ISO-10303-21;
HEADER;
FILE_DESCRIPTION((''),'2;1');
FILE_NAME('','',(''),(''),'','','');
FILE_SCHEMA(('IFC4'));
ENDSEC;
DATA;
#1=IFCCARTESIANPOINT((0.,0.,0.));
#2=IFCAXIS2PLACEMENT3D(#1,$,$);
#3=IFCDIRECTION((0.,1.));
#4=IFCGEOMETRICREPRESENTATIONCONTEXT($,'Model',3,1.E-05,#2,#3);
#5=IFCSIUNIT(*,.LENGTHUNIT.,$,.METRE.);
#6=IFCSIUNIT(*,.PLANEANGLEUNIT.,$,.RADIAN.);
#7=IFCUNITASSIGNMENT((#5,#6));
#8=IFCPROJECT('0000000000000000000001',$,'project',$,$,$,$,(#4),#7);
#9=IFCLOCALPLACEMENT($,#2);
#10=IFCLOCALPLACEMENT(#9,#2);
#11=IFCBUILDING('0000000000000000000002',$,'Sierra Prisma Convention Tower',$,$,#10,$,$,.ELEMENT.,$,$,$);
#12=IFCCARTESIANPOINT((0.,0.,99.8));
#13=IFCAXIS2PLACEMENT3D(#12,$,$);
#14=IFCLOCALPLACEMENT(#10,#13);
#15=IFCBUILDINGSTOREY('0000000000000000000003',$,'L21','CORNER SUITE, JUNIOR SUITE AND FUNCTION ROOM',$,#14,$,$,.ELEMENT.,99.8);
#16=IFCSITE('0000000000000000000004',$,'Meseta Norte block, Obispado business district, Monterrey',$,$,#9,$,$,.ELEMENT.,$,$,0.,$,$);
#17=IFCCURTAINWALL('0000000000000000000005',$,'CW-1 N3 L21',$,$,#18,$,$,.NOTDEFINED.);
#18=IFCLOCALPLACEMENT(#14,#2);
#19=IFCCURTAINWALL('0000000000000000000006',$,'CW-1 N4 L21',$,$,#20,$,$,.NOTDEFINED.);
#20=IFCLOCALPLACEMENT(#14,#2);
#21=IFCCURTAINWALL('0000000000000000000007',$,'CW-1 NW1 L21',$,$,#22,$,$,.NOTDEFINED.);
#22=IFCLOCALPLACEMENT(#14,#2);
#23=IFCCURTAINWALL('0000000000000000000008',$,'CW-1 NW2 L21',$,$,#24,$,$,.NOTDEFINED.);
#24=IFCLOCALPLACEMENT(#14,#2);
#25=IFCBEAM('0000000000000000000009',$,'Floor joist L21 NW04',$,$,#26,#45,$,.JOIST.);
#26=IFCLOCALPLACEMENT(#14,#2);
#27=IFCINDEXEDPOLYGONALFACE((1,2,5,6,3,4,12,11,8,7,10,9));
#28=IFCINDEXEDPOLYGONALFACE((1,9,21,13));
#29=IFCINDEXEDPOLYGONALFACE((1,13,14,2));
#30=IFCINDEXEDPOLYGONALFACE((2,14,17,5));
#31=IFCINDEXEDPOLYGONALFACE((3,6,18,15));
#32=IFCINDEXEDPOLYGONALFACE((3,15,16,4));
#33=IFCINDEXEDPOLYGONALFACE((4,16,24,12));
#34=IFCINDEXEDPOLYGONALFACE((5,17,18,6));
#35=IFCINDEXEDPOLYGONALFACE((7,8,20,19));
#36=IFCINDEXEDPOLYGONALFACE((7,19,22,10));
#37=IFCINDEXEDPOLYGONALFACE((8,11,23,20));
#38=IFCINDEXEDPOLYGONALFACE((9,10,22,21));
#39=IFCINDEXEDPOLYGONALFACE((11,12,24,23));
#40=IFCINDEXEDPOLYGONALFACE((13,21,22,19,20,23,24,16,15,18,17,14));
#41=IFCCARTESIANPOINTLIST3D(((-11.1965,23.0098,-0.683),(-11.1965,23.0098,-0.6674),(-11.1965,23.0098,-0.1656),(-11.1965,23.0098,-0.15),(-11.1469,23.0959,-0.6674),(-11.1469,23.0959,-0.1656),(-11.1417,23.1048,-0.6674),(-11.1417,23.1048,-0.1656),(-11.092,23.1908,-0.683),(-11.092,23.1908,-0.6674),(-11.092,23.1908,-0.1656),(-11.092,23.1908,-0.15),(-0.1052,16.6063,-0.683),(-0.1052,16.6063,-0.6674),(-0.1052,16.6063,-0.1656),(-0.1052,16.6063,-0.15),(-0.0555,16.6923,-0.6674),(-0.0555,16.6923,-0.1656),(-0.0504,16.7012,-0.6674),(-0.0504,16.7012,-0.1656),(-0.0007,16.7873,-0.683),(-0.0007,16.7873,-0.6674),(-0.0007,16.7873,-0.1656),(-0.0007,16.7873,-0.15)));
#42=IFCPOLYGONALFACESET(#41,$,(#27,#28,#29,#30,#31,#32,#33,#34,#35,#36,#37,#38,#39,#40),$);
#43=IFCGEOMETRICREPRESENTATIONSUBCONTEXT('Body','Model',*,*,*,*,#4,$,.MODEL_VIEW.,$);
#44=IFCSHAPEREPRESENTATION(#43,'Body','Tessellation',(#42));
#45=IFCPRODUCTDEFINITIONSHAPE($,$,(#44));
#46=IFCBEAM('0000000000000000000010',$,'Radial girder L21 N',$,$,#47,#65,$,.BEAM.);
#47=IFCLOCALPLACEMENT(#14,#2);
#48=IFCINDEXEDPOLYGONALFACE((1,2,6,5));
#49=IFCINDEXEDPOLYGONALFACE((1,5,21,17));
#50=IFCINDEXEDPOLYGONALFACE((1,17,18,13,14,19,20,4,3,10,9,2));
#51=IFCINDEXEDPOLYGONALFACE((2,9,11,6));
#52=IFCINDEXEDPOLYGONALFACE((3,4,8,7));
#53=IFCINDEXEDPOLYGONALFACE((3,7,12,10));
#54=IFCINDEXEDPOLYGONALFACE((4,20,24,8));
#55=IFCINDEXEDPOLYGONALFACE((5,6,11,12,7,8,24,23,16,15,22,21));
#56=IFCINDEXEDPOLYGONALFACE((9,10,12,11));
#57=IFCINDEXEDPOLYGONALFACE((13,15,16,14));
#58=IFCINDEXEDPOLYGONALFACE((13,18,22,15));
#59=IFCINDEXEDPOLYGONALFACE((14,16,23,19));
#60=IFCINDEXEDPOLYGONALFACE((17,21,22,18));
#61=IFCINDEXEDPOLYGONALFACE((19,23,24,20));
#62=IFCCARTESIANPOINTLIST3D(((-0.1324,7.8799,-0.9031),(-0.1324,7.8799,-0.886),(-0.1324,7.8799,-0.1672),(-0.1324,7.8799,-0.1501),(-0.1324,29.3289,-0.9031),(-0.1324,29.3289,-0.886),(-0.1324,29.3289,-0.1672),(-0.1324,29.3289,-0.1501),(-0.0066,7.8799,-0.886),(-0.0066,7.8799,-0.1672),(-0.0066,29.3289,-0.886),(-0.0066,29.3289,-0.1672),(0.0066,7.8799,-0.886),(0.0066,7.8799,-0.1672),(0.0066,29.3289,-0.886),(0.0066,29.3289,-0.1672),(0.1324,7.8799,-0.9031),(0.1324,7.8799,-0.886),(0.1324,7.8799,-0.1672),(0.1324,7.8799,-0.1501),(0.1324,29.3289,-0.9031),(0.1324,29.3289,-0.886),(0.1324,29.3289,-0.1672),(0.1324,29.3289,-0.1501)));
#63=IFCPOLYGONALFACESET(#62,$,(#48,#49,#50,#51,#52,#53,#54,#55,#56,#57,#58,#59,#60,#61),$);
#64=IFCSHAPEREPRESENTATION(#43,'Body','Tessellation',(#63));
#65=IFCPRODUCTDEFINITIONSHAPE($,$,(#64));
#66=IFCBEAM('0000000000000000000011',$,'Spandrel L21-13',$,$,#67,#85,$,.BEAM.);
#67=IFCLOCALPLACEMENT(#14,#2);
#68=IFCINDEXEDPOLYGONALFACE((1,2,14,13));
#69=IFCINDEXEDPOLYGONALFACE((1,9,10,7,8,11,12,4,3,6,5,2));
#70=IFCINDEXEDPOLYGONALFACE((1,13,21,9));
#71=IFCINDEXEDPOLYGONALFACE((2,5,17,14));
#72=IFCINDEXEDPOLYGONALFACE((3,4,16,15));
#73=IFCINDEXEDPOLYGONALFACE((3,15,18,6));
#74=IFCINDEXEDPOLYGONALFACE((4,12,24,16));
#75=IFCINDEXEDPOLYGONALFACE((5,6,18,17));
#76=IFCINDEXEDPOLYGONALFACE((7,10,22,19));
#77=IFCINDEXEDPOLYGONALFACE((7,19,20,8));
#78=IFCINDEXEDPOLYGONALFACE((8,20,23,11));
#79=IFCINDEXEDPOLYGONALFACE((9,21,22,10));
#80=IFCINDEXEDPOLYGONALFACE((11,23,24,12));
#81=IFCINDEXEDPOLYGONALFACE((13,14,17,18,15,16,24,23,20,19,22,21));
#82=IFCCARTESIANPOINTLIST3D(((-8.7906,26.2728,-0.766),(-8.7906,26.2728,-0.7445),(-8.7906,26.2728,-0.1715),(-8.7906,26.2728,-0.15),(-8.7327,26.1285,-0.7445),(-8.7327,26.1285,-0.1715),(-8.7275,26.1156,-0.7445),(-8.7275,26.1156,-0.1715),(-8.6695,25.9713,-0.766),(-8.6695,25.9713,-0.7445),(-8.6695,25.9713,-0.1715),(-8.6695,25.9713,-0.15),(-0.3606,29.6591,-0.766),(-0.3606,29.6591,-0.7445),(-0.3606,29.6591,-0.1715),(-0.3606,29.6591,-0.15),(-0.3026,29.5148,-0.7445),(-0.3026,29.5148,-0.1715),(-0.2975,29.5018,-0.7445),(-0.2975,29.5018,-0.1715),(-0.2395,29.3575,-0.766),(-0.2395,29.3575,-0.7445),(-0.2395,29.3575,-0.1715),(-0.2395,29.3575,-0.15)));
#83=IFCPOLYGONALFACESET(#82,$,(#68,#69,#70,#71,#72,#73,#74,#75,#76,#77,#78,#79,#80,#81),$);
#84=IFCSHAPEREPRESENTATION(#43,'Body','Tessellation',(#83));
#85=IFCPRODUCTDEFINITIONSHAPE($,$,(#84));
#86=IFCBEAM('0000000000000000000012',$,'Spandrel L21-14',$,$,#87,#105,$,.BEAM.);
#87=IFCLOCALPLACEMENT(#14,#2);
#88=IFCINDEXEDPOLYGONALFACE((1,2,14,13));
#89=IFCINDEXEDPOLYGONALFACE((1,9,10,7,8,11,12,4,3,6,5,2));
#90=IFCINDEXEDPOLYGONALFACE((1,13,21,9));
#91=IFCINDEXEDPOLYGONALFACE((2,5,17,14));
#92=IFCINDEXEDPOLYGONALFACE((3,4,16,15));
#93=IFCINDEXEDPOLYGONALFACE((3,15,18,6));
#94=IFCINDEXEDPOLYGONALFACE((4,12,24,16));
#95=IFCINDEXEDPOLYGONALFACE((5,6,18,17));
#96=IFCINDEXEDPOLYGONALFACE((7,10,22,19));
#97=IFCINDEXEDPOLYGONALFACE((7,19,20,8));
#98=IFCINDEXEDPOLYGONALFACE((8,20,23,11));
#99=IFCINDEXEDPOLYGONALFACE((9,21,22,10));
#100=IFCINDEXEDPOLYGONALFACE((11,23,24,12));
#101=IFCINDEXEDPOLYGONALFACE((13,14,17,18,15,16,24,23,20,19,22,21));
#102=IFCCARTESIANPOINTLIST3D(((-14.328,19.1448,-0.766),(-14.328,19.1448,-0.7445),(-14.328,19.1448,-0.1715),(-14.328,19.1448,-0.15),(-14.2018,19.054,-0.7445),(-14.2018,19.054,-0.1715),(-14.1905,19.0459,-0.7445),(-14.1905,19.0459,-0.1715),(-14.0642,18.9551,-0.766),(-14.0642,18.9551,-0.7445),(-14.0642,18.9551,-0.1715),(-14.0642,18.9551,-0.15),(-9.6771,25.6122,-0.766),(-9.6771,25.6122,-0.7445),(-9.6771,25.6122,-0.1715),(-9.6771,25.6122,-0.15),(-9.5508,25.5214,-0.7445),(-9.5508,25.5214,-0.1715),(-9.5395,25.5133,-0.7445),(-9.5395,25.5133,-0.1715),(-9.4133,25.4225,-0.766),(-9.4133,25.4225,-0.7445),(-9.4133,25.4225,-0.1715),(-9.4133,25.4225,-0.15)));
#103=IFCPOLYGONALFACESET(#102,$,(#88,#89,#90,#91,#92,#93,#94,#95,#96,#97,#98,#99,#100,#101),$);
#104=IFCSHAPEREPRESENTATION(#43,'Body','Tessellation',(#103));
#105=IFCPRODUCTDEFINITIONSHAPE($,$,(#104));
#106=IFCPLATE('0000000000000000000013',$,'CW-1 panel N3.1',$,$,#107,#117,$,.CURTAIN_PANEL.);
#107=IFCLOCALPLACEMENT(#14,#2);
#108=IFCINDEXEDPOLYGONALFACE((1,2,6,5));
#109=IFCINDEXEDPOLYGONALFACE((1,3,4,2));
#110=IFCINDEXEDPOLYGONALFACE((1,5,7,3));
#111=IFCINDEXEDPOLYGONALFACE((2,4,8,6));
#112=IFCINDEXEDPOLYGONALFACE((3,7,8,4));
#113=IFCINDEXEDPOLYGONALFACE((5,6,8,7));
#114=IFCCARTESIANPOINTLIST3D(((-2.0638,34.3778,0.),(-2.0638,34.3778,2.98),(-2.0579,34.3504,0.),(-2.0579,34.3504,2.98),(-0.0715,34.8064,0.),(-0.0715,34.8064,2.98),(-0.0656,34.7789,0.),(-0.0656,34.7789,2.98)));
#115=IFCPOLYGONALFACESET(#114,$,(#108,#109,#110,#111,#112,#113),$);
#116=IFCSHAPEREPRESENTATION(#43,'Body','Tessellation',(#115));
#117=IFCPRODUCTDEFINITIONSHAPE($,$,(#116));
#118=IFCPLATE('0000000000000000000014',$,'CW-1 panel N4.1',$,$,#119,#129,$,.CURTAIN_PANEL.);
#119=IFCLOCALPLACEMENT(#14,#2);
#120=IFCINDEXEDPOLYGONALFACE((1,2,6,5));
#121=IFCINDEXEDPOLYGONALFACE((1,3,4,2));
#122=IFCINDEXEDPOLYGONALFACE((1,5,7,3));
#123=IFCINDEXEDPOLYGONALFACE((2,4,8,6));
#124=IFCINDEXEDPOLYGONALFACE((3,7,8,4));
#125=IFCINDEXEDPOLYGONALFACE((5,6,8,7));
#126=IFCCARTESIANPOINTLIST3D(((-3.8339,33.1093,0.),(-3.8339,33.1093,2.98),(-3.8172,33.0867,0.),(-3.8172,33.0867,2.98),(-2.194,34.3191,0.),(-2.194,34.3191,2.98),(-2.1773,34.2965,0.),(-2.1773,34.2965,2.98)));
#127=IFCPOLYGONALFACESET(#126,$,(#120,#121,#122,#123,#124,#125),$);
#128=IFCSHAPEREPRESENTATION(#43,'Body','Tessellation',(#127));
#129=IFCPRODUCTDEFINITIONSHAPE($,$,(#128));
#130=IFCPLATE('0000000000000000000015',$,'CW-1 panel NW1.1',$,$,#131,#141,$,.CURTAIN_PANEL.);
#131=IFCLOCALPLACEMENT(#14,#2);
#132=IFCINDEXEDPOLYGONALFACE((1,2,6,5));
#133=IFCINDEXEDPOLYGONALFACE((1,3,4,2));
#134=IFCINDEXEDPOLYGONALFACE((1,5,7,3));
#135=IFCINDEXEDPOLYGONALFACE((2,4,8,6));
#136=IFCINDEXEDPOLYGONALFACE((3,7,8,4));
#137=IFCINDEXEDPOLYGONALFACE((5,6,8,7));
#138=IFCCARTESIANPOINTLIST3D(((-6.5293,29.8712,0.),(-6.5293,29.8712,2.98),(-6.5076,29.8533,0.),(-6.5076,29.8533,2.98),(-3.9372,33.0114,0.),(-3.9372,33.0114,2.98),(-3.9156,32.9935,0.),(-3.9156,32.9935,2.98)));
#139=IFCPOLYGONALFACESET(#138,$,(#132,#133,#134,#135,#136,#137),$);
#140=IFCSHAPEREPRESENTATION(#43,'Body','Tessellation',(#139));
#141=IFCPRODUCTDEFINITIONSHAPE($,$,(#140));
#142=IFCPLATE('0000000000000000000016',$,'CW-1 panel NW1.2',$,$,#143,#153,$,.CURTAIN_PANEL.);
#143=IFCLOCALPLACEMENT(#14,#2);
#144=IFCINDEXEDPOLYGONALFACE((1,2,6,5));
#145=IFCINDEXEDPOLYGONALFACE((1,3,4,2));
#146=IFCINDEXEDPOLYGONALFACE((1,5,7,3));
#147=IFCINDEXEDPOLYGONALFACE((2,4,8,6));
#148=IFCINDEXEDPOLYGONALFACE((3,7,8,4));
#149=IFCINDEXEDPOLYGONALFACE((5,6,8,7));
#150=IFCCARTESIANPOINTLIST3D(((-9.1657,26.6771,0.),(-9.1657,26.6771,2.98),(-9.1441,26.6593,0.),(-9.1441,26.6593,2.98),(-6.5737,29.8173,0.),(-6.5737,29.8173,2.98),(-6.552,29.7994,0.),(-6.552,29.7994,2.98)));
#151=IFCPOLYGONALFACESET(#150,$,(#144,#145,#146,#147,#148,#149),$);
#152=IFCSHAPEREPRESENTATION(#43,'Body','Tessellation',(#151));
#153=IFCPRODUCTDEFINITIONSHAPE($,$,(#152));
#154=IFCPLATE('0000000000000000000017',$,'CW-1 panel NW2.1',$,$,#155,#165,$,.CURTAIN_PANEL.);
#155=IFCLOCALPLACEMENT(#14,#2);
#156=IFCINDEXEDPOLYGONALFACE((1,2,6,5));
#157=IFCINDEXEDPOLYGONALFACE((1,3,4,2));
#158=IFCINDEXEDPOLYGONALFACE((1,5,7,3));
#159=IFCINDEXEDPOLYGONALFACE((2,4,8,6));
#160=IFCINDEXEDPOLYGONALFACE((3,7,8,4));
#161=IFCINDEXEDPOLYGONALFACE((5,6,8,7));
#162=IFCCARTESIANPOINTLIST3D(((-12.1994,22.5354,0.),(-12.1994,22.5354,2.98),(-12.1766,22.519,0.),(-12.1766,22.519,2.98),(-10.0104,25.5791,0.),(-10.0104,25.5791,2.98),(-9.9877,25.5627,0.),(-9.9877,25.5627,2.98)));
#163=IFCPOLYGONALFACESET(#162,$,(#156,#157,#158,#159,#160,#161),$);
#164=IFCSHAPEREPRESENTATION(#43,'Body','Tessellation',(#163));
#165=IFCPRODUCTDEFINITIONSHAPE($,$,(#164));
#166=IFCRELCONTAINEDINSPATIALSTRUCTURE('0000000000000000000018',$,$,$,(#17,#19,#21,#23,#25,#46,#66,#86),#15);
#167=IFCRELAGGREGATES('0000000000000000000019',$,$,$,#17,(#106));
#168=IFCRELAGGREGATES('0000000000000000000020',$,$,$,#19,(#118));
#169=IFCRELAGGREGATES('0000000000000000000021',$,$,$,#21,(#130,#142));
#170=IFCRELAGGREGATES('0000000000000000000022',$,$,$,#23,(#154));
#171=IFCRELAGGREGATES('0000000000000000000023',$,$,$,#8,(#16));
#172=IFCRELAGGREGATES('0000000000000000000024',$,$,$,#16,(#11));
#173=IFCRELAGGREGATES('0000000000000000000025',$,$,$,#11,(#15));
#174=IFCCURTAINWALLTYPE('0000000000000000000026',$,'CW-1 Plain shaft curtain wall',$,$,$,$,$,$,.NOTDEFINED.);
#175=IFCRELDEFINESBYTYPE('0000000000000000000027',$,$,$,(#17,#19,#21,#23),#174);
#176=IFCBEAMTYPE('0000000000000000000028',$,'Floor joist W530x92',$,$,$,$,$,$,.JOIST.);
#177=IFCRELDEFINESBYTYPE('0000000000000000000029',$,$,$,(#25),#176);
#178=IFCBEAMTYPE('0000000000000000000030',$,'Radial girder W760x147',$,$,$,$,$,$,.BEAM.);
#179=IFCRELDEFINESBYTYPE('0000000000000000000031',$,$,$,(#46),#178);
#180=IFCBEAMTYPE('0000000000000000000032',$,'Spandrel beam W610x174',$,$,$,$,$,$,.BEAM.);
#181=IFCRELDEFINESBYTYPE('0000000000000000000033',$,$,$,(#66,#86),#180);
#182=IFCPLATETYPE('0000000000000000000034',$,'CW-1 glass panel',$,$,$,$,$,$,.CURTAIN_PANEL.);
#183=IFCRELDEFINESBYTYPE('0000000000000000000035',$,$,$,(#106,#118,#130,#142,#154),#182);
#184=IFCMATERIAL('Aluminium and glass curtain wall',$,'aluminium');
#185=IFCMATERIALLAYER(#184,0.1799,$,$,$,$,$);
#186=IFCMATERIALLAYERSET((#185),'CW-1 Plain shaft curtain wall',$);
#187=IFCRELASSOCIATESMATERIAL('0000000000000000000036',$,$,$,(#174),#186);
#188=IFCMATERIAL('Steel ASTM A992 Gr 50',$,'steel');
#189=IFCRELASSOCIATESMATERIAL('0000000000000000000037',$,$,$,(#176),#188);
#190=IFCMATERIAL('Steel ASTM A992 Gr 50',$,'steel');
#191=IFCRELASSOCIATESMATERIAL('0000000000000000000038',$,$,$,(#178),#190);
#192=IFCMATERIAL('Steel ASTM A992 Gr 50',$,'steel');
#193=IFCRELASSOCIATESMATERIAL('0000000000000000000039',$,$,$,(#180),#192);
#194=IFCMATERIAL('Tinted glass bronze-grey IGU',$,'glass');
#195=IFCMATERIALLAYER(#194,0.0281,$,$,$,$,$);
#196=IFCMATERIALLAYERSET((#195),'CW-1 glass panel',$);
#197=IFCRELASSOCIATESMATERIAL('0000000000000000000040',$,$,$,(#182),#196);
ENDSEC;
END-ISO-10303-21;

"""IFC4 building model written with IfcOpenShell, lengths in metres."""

from ifc_helpers import new_model, si_unit, direction, frame, origin, origin_2d, place, context, subcontext, project, spatial, rectangle, i_section, extrude, material, layer, layer_set, material_profile, profile_set, type_object, element, aggregate, save


model = new_model("IFC4")

# Units and contexts
model_context = context("Model", 3, precision=1e-05, world=origin(), true_north=direction((0.0, 1.0)))
body_context = subcontext(model_context, "Body", "Model", "MODEL_VIEW")
ifc_project = project(units=[si_unit("LENGTHUNIT", "METRE"), si_unit("PLANEANGLEUNIT", "RADIAN")], contexts=[model_context])

# Site, building, storey
site_placement = place(None, origin())
site = spatial("IfcSite", under=ifc_project, at=site_placement, Name="Meseta Norte block, Obispado business district, Monterrey", CompositionType="ELEMENT", RefElevation=0.0)
building_placement = place(site_placement, origin())
building = spatial("IfcBuilding", under=site, at=building_placement, Name="Sierra Prisma Convention Tower", CompositionType="ELEMENT")
storey_placement = place(building_placement, frame((0.0, 0.0, 99.8)))
storey = spatial("IfcBuildingStorey", under=building, at=storey_placement, Name="L21", Description="CORNER SUITE, JUNIOR SUITE AND FUNCTION ROOM", CompositionType="ELEMENT", Elevation=99.8)

# Curtain walls
ifc_material_1 = material(Name="Aluminium and glass curtain wall", Category="aluminium")
ifc_layer_1 = layer(ifc_material_1, 0.1799)
ifc_layer_set_1 = layer_set([ifc_layer_1], Name="CW-1 Plain shaft curtain wall")
curtain_wall_type = type_object("IfcCurtainWallType", Name="CW-1 Plain shaft curtain wall", PredefinedType="NOTDEFINED", material=ifc_layer_set_1)
curtain_wall_1_placement = place(storey_placement, origin())
curtain_wall_1 = element("IfcCurtainWall", 1, at=curtain_wall_1_placement, inside=storey, type_object=curtain_wall_type, Name="CW-1 N3 L21", PredefinedType="NOTDEFINED")
curtain_wall_2_placement = place(storey_placement, origin())
curtain_wall_2 = element("IfcCurtainWall", 2, at=curtain_wall_2_placement, inside=storey, type_object=curtain_wall_type, Name="CW-1 N4 L21", PredefinedType="NOTDEFINED")

# Curtain wall
curtain_wall_3_placement = place(storey_placement, origin())
curtain_wall_3 = element("IfcCurtainWall", 3, at=curtain_wall_3_placement, inside=storey, type_object=curtain_wall_type, Name="CW-1 NW1 L21", PredefinedType="NOTDEFINED")

# Curtain wall
curtain_wall_4_placement = place(storey_placement, origin())
curtain_wall_4 = element("IfcCurtainWall", 4, at=curtain_wall_4_placement, inside=storey, type_object=curtain_wall_type, Name="CW-1 NW2 L21", PredefinedType="NOTDEFINED")

# Beams
ifc_material_2 = material(Name="Steel ASTM A992 Gr 50", Category="steel")
ifc_material_profile_1 = material_profile(ifc_material_2, i_section(OverallWidth=0.209, OverallDepth=0.533, WebThickness=0.0103, FlangeThickness=0.0156, at=origin_2d()), Name="W530x92")
ifc_profile_set_1 = profile_set([ifc_material_profile_1], Name="Steel ASTM A992 Gr 50")
beam_type_1 = type_object("IfcBeamType", Name="Floor joist W530x92", PredefinedType="JOIST", material=ifc_profile_set_1)
beam_1_placement = place(storey_placement, frame((-11.1443, 23.1003, -0.4165), z_axis=(0.866026, -0.5, 0.0), x_axis=(0.5, 0.866026, 0.0)))
element("IfcBeam", 5, at=beam_1_placement, inside=storey, type_object=beam_type_1, Name="Floor joist L21 NW04", PredefinedType="JOIST", context=body_context, shape_type="SweptSolid", body=[
    extrude(i_section(OverallWidth=0.209, OverallDepth=0.533, WebThickness=0.0103, FlangeThickness=0.0156, at=origin_2d()), origin(), (0.0, 0.0, 1.0), 12.8071),
])
ifc_material_3 = material(Name="Steel ASTM A992 Gr 50", Category="steel")
ifc_material_profile_2 = material_profile(ifc_material_3, i_section(OverallWidth=0.2649, OverallDepth=0.7529, WebThickness=0.0132, FlangeThickness=0.0171, at=origin_2d()), Name="W760x147")
ifc_profile_set_2 = profile_set([ifc_material_profile_2], Name="Steel ASTM A992 Gr 50")
beam_type_2 = type_object("IfcBeamType", Name="Radial girder W760x147", PredefinedType="BEAM", material=ifc_profile_set_2)
beam_2_placement = place(storey_placement, frame((0.0, 29.3289, -0.5266), z_axis=(0.0, -1.0, 0.0), x_axis=(1.0, 0.0, 0.0)))
element("IfcBeam", 6, at=beam_2_placement, inside=storey, type_object=beam_type_2, Name="Radial girder L21 N", PredefinedType="BEAM", context=body_context, shape_type="SweptSolid", body=[
    extrude(i_section(OverallWidth=0.2649, OverallDepth=0.7529, WebThickness=0.0132, FlangeThickness=0.0171, at=origin_2d()), origin(), (0.0, 0.0, 1.0), 21.449),
])
ifc_material_4 = material(Name="Steel ASTM A992 Gr 50", Category="steel")
ifc_material_profile_3 = material_profile(ifc_material_4, i_section(OverallWidth=0.325, OverallDepth=0.616, WebThickness=0.0139, FlangeThickness=0.0215, at=origin_2d()), Name="W610x174")
ifc_profile_set_3 = profile_set([ifc_material_profile_3], Name="Steel ASTM A992 Gr 50")
beam_type_3 = type_object("IfcBeamType", Name="Spandrel beam W610x174", PredefinedType="BEAM", material=ifc_profile_set_3)
beam_3_placement = place(storey_placement, frame((-0.3, 29.5083, -0.458), z_axis=(-0.927935, -0.372743, 0.0), x_axis=(0.372743, -0.927935, 0.0)))
element("IfcBeam", 7, at=beam_3_placement, inside=storey, type_object=beam_type_3, Name="Spandrel L21-13", PredefinedType="BEAM", context=body_context, shape_type="SweptSolid", body=[
    extrude(i_section(OverallWidth=0.325, OverallDepth=0.616, WebThickness=0.0139, FlangeThickness=0.0215, at=origin_2d()), origin(), (0.0, 0.0, 1.0), 9.0847),
])
beam_4_placement = place(storey_placement, frame((-9.5452, 25.5173, -0.458), z_axis=(-0.583844, -0.811866, 0.0), x_axis=(0.811866, -0.583844, 0.0)))
element("IfcBeam", 8, at=beam_4_placement, inside=storey, type_object=beam_type_3, Name="Spandrel L21-14", PredefinedType="BEAM", context=body_context, shape_type="SweptSolid", body=[
    extrude(i_section(OverallWidth=0.325, OverallDepth=0.616, WebThickness=0.0139, FlangeThickness=0.0215, at=origin_2d()), origin(), (0.0, 0.0, 1.0), 7.9661),
])

# Plates
ifc_material_5 = material(Name="Tinted glass bronze-grey IGU", Category="glass")
ifc_layer_2 = layer(ifc_material_5, 0.0281)
ifc_layer_set_2 = layer_set([ifc_layer_2], Name="CW-1 glass panel")
plate_type = type_object("IfcPlateType", Name="CW-1 glass panel", PredefinedType="CURTAIN_PANEL", material=ifc_layer_set_2)
plate_1_placement = place(storey_placement, frame((-1.0647, 34.5784, 0.0), z_axis=(0.0, 0.0, 1.0), x_axis=(-0.977641, -0.21028, 0.0)))
plate_1 = element("IfcPlate", 9, at=plate_1_placement, type_object=plate_type, Name="CW-1 panel N3.1", PredefinedType="CURTAIN_PANEL", context=body_context, shape_type="SweptSolid", body=[
    extrude(rectangle(XDim=2.0378, YDim=0.0281, at=origin_2d()), origin(), (0.0, 0.0, 1.0), 2.98),
])
aggregate(curtain_wall_1, [plate_1])
plate_2_placement = place(storey_placement, frame((-3.0056, 33.7029, 0.0), z_axis=(0.0, 0.0, 1.0), x_axis=(-0.804726, -0.593647, 0.0)))
plate_2 = element("IfcPlate", 10, at=plate_2_placement, type_object=plate_type, Name="CW-1 panel N4.1", PredefinedType="CURTAIN_PANEL", context=body_context, shape_type="SweptSolid", body=[
    extrude(rectangle(XDim=2.0378, YDim=0.0281, at=origin_2d()), origin(), (0.0, 0.0, 1.0), 2.98),
])
aggregate(curtain_wall_2, [plate_2])
plate_3_placement = place(storey_placement, frame((-5.2224, 31.4324, 0.0), z_axis=(0.0, 0.0, 1.0), x_axis=(-0.636584, -0.771208, 0.0)))
plate_3 = element("IfcPlate", 11, at=plate_3_placement, type_object=plate_type, Name="CW-1 panel NW1.1", PredefinedType="CURTAIN_PANEL", context=body_context, shape_type="SweptSolid", body=[
    extrude(rectangle(XDim=4.0718, YDim=0.0281, at=origin_2d()), origin(), (0.0, 0.0, 1.0), 2.98),
])
plate_4_placement = place(storey_placement, frame((-7.8589, 28.2383, 0.0), z_axis=(0.0, 0.0, 1.0), x_axis=(-0.636584, -0.771208, 0.0)))
plate_4 = element("IfcPlate", 12, at=plate_4_placement, type_object=plate_type, Name="CW-1 panel NW1.2", PredefinedType="CURTAIN_PANEL", context=body_context, shape_type="SweptSolid", body=[
    extrude(rectangle(XDim=4.0718, YDim=0.0281, at=origin_2d()), origin(), (0.0, 0.0, 1.0), 2.98),
])
aggregate(curtain_wall_3, [plate_3, plate_4])
plate_5_placement = place(storey_placement, frame((-11.0935, 24.0491, 0.0), z_axis=(0.0, 0.0, 1.0), x_axis=(-0.58386, -0.811854, 0.0)))
plate_5 = element("IfcPlate", 13, at=plate_5_placement, type_object=plate_type, Name="CW-1 panel NW2.1", PredefinedType="CURTAIN_PANEL", context=body_context, shape_type="SweptSolid", body=[
    extrude(rectangle(XDim=3.749, YDim=0.0281, at=origin_2d()), origin(), (0.0, 0.0, 1.0), 2.98),
])
aggregate(curtain_wall_4, [plate_5])

save(model, "model.ifc")
